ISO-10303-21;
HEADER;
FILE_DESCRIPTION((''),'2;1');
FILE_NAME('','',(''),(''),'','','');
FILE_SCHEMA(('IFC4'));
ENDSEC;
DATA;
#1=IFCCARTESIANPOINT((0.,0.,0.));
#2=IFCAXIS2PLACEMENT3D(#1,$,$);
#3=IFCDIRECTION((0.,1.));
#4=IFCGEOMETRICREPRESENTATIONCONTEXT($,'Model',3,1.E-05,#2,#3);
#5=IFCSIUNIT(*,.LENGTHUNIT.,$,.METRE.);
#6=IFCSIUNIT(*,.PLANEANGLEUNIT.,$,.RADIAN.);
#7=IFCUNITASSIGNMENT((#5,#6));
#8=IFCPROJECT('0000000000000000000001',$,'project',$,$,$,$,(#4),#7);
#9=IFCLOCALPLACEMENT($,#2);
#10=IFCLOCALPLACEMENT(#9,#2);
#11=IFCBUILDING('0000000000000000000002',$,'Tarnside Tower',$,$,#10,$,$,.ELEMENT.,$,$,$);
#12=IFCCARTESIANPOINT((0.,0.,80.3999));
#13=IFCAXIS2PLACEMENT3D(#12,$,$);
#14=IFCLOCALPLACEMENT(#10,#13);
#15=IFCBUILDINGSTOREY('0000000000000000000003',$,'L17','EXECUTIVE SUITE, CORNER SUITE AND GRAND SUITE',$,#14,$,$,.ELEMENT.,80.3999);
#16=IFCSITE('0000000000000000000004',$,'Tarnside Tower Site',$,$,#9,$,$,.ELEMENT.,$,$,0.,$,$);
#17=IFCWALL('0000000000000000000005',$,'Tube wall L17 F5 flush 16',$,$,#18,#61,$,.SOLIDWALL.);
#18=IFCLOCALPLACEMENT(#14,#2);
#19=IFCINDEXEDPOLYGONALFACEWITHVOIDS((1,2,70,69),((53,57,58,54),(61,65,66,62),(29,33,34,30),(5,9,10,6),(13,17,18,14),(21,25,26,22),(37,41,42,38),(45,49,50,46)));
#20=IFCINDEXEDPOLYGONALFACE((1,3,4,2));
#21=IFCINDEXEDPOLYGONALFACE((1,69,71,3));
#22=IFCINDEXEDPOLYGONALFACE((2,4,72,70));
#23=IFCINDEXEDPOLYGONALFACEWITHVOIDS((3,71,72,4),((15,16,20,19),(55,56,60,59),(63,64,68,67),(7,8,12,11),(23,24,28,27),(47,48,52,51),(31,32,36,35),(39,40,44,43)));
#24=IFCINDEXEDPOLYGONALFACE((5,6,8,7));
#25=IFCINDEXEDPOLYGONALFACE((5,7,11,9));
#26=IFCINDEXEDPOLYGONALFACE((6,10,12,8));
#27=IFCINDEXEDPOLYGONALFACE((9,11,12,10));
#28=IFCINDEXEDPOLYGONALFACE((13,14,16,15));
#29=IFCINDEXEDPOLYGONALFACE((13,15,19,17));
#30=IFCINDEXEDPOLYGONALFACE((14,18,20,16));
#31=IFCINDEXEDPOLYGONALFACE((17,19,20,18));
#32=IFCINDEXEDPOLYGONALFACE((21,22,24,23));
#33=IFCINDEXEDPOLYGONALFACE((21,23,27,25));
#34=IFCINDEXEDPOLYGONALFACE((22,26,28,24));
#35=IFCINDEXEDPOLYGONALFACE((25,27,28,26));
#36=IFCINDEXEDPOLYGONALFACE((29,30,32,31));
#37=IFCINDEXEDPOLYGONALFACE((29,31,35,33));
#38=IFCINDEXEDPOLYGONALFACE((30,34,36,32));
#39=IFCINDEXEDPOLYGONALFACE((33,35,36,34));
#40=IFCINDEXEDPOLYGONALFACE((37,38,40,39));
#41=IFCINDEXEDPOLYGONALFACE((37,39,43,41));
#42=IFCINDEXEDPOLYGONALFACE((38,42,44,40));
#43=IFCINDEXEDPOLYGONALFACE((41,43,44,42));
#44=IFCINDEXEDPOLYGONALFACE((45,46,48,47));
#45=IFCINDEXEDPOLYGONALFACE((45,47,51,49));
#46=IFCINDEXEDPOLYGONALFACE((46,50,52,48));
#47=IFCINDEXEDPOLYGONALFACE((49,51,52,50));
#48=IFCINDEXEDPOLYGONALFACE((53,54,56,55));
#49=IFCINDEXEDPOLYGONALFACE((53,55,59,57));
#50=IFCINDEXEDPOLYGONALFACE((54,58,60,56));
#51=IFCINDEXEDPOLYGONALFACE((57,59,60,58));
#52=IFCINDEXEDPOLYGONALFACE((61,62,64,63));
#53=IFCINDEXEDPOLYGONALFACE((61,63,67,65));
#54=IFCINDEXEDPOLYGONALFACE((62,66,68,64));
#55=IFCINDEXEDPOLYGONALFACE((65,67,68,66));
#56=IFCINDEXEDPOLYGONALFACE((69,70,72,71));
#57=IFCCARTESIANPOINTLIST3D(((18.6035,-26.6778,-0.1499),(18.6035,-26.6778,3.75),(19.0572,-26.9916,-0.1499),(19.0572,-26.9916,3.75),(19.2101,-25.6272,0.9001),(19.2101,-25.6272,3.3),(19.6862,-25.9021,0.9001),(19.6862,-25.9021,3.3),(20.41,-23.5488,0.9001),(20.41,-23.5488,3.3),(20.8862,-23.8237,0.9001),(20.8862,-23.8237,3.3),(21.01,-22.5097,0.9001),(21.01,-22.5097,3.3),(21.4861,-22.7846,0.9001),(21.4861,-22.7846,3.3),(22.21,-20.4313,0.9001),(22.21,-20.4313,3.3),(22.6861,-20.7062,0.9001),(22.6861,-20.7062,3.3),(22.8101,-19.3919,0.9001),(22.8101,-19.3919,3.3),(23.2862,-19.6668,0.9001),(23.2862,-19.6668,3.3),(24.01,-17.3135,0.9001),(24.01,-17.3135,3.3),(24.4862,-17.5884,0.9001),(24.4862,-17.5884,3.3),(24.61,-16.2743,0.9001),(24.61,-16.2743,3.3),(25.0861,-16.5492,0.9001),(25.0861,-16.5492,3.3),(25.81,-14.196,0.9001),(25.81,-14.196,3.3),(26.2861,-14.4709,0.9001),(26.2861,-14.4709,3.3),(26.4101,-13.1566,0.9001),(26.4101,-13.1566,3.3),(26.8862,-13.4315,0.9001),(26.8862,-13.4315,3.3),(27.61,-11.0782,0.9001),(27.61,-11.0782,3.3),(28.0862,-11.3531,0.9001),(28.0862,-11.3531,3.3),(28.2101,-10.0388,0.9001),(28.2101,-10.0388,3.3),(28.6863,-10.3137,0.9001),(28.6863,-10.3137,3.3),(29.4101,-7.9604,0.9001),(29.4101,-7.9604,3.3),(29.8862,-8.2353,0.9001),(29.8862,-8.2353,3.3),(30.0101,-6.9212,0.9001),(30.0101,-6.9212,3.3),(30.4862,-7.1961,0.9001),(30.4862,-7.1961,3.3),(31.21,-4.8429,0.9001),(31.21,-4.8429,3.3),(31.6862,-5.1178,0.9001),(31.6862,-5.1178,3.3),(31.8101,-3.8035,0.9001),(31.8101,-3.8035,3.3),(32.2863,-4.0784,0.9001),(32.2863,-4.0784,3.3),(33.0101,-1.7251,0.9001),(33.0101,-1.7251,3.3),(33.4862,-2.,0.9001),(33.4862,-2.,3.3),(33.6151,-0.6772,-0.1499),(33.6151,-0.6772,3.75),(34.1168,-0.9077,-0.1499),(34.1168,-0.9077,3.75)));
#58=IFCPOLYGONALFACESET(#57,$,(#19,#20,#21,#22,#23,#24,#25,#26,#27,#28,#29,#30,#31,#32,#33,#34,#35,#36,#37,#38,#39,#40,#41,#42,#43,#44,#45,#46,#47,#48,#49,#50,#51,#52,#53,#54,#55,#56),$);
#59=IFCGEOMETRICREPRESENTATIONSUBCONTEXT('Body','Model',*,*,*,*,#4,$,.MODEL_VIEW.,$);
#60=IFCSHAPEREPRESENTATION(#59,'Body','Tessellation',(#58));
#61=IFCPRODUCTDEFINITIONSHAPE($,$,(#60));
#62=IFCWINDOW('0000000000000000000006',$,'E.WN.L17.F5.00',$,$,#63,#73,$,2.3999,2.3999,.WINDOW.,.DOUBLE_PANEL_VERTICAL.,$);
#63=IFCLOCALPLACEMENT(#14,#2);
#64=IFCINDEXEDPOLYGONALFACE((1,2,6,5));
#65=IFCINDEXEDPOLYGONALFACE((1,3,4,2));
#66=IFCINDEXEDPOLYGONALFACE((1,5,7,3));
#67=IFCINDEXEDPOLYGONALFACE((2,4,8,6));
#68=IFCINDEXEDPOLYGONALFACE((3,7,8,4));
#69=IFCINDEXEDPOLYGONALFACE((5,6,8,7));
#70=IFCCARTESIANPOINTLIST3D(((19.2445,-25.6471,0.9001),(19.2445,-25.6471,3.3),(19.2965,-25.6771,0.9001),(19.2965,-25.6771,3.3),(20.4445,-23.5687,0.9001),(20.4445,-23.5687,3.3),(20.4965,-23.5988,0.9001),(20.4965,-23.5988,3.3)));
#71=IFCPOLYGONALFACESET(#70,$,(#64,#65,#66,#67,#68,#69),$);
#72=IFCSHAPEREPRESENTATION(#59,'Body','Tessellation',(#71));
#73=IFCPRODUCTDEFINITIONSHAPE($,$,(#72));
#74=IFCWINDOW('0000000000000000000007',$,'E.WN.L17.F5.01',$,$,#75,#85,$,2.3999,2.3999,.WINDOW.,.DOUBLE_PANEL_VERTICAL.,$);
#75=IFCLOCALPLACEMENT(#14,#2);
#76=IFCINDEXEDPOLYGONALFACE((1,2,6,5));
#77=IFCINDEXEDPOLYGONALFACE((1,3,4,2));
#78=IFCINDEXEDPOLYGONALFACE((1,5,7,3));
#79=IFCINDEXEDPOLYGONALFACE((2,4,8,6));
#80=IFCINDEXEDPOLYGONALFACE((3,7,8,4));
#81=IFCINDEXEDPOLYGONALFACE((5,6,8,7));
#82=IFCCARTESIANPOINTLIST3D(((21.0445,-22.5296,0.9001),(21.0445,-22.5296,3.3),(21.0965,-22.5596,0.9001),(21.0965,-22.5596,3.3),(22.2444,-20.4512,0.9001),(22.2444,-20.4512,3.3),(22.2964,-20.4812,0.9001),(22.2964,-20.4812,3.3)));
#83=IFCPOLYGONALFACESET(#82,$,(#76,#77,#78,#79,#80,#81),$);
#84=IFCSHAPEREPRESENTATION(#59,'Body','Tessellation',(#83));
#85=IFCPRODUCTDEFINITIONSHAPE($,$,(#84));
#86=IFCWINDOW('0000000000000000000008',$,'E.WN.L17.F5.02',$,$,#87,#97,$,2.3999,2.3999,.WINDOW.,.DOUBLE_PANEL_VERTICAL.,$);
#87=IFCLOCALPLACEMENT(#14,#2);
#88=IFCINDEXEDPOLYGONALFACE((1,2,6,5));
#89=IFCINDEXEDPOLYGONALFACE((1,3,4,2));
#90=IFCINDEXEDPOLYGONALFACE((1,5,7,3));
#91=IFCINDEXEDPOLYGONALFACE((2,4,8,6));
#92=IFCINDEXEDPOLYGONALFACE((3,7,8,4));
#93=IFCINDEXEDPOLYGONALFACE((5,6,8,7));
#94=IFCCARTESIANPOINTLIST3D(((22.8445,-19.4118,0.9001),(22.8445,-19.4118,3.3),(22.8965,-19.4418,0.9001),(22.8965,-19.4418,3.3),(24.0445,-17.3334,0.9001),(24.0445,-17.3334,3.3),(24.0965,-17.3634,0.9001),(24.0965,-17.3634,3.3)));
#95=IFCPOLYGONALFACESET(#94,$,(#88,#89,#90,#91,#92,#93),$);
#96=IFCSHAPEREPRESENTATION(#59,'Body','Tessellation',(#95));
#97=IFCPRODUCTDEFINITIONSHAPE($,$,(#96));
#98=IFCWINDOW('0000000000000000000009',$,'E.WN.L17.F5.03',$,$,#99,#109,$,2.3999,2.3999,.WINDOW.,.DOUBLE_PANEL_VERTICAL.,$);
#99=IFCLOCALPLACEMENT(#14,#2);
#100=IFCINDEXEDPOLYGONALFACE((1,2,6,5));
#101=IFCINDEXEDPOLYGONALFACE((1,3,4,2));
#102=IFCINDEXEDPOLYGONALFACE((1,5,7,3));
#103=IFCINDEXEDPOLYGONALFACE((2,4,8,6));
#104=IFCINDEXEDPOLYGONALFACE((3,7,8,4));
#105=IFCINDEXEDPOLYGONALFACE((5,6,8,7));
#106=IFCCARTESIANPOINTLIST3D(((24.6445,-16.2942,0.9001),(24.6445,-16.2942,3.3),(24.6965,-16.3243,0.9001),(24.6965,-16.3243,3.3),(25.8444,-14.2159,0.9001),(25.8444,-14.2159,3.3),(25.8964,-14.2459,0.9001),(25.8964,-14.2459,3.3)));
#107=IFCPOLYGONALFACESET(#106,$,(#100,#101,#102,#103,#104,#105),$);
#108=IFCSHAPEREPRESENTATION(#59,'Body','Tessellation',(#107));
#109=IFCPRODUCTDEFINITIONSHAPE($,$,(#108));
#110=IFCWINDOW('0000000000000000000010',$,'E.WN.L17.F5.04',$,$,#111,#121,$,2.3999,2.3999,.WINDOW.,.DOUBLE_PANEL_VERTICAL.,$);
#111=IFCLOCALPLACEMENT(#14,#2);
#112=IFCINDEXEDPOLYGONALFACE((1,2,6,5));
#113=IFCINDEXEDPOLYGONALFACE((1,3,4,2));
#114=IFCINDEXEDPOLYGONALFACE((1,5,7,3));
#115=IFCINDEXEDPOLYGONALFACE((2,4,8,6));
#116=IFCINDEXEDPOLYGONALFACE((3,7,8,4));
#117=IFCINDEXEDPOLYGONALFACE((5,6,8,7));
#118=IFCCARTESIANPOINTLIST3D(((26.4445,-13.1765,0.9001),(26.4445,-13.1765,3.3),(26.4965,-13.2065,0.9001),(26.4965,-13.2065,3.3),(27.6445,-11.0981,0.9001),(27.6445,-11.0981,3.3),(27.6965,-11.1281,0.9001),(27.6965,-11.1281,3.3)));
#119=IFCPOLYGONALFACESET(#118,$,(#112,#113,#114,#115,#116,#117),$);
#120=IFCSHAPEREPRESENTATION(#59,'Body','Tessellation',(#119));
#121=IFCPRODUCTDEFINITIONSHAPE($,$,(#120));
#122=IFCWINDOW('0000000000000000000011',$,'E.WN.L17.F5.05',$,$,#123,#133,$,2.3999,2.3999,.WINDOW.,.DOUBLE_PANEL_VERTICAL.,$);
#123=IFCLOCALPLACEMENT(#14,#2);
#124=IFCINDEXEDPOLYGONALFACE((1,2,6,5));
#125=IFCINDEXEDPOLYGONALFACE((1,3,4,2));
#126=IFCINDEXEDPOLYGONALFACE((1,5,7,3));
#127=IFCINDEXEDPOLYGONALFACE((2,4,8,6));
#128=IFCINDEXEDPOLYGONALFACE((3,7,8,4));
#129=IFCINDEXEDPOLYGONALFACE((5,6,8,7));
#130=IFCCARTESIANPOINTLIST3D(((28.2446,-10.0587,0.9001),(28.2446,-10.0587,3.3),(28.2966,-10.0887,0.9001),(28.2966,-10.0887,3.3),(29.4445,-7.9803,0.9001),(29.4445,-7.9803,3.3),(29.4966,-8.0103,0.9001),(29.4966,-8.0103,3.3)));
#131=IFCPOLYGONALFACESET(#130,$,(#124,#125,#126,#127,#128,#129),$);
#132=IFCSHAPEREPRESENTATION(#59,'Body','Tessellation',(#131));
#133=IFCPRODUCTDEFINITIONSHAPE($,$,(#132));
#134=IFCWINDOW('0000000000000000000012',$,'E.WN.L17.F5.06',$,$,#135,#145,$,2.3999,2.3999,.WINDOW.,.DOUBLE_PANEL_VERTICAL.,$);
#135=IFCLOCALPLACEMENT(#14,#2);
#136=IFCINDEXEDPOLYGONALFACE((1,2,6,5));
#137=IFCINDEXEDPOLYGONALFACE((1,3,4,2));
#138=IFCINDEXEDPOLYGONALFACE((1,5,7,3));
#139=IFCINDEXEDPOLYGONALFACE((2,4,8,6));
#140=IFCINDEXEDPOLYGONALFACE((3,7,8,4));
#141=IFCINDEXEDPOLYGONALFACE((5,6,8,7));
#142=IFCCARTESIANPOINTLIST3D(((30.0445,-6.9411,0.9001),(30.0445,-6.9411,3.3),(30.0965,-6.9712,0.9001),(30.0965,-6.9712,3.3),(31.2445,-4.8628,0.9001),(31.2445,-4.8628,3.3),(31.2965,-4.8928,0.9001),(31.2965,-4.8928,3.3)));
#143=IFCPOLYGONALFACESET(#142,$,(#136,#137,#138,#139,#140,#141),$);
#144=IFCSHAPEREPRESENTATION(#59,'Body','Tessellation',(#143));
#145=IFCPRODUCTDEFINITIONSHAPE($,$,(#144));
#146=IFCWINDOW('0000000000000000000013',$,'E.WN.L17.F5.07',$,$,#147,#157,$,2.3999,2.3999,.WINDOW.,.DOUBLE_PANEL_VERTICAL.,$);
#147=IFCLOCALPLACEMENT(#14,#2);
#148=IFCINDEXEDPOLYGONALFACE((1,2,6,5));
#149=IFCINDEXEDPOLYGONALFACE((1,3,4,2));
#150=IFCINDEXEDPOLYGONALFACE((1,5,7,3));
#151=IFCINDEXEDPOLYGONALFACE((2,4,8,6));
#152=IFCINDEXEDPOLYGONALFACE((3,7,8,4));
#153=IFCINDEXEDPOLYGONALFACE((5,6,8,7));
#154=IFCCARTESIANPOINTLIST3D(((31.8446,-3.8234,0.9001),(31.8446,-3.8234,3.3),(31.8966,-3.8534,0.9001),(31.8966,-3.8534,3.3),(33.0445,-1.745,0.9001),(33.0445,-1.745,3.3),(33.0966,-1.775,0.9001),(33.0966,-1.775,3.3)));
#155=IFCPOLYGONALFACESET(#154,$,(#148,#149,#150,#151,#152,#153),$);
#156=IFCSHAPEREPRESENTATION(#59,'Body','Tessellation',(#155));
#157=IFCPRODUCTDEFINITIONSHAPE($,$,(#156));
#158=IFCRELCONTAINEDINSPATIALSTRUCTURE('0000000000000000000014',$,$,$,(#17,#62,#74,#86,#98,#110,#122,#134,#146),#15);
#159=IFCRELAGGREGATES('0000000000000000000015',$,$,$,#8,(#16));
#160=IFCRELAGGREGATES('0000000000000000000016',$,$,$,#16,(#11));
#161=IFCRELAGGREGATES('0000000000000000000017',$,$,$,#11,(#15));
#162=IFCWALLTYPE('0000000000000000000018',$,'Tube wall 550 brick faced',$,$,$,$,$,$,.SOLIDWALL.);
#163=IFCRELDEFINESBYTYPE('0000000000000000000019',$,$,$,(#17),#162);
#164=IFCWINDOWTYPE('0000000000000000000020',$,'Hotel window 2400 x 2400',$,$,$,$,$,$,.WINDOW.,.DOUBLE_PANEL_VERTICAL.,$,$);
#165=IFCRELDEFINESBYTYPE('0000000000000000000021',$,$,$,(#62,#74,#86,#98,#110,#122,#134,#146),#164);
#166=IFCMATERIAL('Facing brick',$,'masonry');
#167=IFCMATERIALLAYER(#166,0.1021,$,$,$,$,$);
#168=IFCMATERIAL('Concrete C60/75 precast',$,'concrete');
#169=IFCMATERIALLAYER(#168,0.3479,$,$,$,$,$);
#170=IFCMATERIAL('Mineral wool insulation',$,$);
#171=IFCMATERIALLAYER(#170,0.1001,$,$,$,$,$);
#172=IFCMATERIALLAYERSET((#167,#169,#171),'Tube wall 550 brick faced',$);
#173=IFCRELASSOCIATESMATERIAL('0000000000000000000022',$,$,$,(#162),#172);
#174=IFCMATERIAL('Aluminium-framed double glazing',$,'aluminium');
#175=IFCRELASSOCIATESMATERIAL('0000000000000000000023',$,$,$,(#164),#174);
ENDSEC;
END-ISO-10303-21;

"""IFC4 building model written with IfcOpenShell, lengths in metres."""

from ifc_helpers import new_model, si_unit, direction, frame, frame_2d, origin, place, context, subcontext, project, spatial, polyline, rectangle, outline, extrude, material, layer, layer_set, type_object, element, fill, save


model = new_model("IFC4")

# Units and contexts
model_context = context("Model", 3, precision=1e-05, world=origin(), true_north=direction((0.0, 1.0)))
body_context = subcontext(model_context, "Body", "Model", "MODEL_VIEW")
ifc_project = project(units=[si_unit("LENGTHUNIT", "METRE"), si_unit("PLANEANGLEUNIT", "RADIAN")], contexts=[model_context])

# Site, building, storey
site_placement = place(None, origin())
site = spatial("IfcSite", under=ifc_project, at=site_placement, Name="Tarnside Tower Site", CompositionType="ELEMENT", RefElevation=0.0)
building_placement = place(site_placement, origin())
building = spatial("IfcBuilding", under=site, at=building_placement, Name="Tarnside Tower", CompositionType="ELEMENT")
storey_placement = place(building_placement, frame((0.0, 0.0, 80.3999)))
storey = spatial("IfcBuildingStorey", under=building, at=storey_placement, Name="L17", Description="EXECUTIVE SUITE, CORNER SUITE AND GRAND SUITE", CompositionType="ELEMENT", Elevation=80.3999)

# Shared definitions
ifc_material_1 = material(Name="Facing brick", Category="masonry")
ifc_layer_1 = layer(ifc_material_1, 0.1021)
ifc_material_2 = material(Name="Concrete C60/75 precast", Category="concrete")
ifc_layer_2 = layer(ifc_material_2, 0.3479)
ifc_material_3 = material(Name="Mineral wool insulation")
ifc_layer_3 = layer(ifc_material_3, 0.1001)
ifc_layer_set_1 = layer_set([ifc_layer_1, ifc_layer_2, ifc_layer_3], Name="Tube wall 550 brick faced")
wall_type = type_object("IfcWallType", Name="Tube wall 550 brick faced", PredefinedType="SOLIDWALL", material=ifc_layer_set_1)

# Wall, openings, windows
wall_1_placement = place(storey_placement, frame((18.8303, -26.8347, -0.1499), z_axis=(0.0, 0.0, 1.0), x_axis=(0.500004, 0.866023, 0.0)))
wall_1 = element("IfcWall", 1, at=wall_1_placement, inside=storey, type_object=wall_type, Name="Tube wall L17 F5 flush 16", PredefinedType="SOLIDWALL", context=body_context, shape_type="SweptSolid", body=[
    extrude(outline(polyline([(-0.0225, -0.2749), (30.0967, -0.2749), (30.0454, 0.2749), (0.0225, 0.2749), (-0.0225, -0.2749)])), origin(), (0.0, 0.0, 1.0), 3.8999),
])
opening_1_placement = place(wall_1_placement, frame((1.2356, 0.0, 1.05)))
opening_1 = element("IfcOpeningElement", 2, at=opening_1_placement, cuts=wall_1, PredefinedType="OPENING", context=body_context, shape_type="SweptSolid", body=[
    extrude(rectangle(XDim=2.3999, YDim=2.3999, at=frame_2d((1.2, 1.2))), frame((0.0, 0.2852, 0.0), z_axis=(0.0, -1.0, 0.0), x_axis=(1.0, 0.0, 0.0)), (0.0, 0.0, 1.0), 0.5701),
])
opening_2_placement = place(wall_1_placement, frame((4.8354, 0.0, 1.05)))
opening_2 = element("IfcOpeningElement", 3, at=opening_2_placement, cuts=wall_1, PredefinedType="OPENING", context=body_context, shape_type="SweptSolid", body=[
    extrude(rectangle(XDim=2.3999, YDim=2.3999, at=frame_2d((1.2, 1.2))), frame((0.0, 0.2852, 0.0), z_axis=(0.0, -1.0, 0.0), x_axis=(1.0, 0.0, 0.0)), (0.0, 0.0, 1.0), 0.5701),
])
opening_3_placement = place(wall_1_placement, frame((8.4355, 0.0, 1.05)))
opening_3 = element("IfcOpeningElement", 4, at=opening_3_placement, cuts=wall_1, PredefinedType="OPENING", context=body_context, shape_type="SweptSolid", body=[
    extrude(rectangle(XDim=2.3999, YDim=2.3999, at=frame_2d((1.2, 1.2))), frame((0.0, 0.2852, 0.0), z_axis=(0.0, -1.0, 0.0), x_axis=(1.0, 0.0, 0.0)), (0.0, 0.0, 1.0), 0.5701),
])
opening_4_placement = place(wall_1_placement, frame((12.0354, 0.0, 1.05)))
opening_4 = element("IfcOpeningElement", 5, at=opening_4_placement, cuts=wall_1, PredefinedType="OPENING", context=body_context, shape_type="SweptSolid", body=[
    extrude(rectangle(XDim=2.3999, YDim=2.3999, at=frame_2d((1.2, 1.2))), frame((0.0, 0.2852, 0.0), z_axis=(0.0, -1.0, 0.0), x_axis=(1.0, 0.0, 0.0)), (0.0, 0.0, 1.0), 0.5701),
])
opening_5_placement = place(wall_1_placement, frame((15.6355, 0.0, 1.05)))
opening_5 = element("IfcOpeningElement", 6, at=opening_5_placement, cuts=wall_1, PredefinedType="OPENING", context=body_context, shape_type="SweptSolid", body=[
    extrude(rectangle(XDim=2.3999, YDim=2.3999, at=frame_2d((1.2, 1.2))), frame((0.0, 0.2852, 0.0), z_axis=(0.0, -1.0, 0.0), x_axis=(1.0, 0.0, 0.0)), (0.0, 0.0, 1.0), 0.5701),
])
opening_6_placement = place(wall_1_placement, frame((19.2356, 0.0, 1.05)))
opening_6 = element("IfcOpeningElement", 7, at=opening_6_placement, cuts=wall_1, PredefinedType="OPENING", context=body_context, shape_type="SweptSolid", body=[
    extrude(rectangle(XDim=2.3999, YDim=2.3999, at=frame_2d((1.2, 1.2))), frame((0.0, 0.2852, 0.0), z_axis=(0.0, -1.0, 0.0), x_axis=(1.0, 0.0, 0.0)), (0.0, 0.0, 1.0), 0.5701),
])
opening_7_placement = place(wall_1_placement, frame((22.8354, 0.0, 1.05)))
opening_7 = element("IfcOpeningElement", 8, at=opening_7_placement, cuts=wall_1, PredefinedType="OPENING", context=body_context, shape_type="SweptSolid", body=[
    extrude(rectangle(XDim=2.3999, YDim=2.3999, at=frame_2d((1.2, 1.2))), frame((0.0, 0.2852, 0.0), z_axis=(0.0, -1.0, 0.0), x_axis=(1.0, 0.0, 0.0)), (0.0, 0.0, 1.0), 0.5701),
])
opening_8_placement = place(wall_1_placement, frame((26.4355, 0.0, 1.05)))
opening_8 = element("IfcOpeningElement", 9, at=opening_8_placement, cuts=wall_1, PredefinedType="OPENING", context=body_context, shape_type="SweptSolid", body=[
    extrude(rectangle(XDim=2.3999, YDim=2.3999, at=frame_2d((1.2, 1.2))), frame((0.0, 0.2852, 0.0), z_axis=(0.0, -1.0, 0.0), x_axis=(1.0, 0.0, 0.0)), (0.0, 0.0, 1.0), 0.5701),
])
ifc_material_4 = material(Name="Aluminium-framed double glazing", Category="aluminium")
window_type = type_object("IfcWindowType", Name="Hotel window 2400 x 2400", PartitioningType="DOUBLE_PANEL_VERTICAL", PredefinedType="WINDOW", material=ifc_material_4)
window_1_placement = place(opening_1_placement, frame((0.0, 0.2051, 0.0)))
window_1 = element("IfcWindow", 10, at=window_1_placement, inside=storey, type_object=window_type, Name="E.WN.L17.F5.00", OverallHeight=2.3999, OverallWidth=2.3999, PartitioningType="DOUBLE_PANEL_VERTICAL", PredefinedType="WINDOW", context=body_context, shape_type="SweptSolid", body=[
    extrude(rectangle(XDim=2.3999, YDim=2.3999, at=frame_2d((1.2, 1.2))), frame((0.0, 0.03, 0.0), z_axis=(0.0, -1.0, 0.0), x_axis=(1.0, 0.0, 0.0)), (0.0, 0.0, 1.0), 0.0601),
])
fill(opening_1, window_1)
window_2_placement = place(opening_2_placement, frame((0.0, 0.2051, 0.0)))
window_2 = element("IfcWindow", 11, at=window_2_placement, inside=storey, type_object=window_type, Name="E.WN.L17.F5.01", OverallHeight=2.3999, OverallWidth=2.3999, PartitioningType="DOUBLE_PANEL_VERTICAL", PredefinedType="WINDOW", context=body_context, shape_type="SweptSolid", body=[
    extrude(rectangle(XDim=2.3999, YDim=2.3999, at=frame_2d((1.2, 1.2))), frame((0.0, 0.03, 0.0), z_axis=(0.0, -1.0, 0.0), x_axis=(1.0, 0.0, 0.0)), (0.0, 0.0, 1.0), 0.0601),
])
fill(opening_2, window_2)
window_3_placement = place(opening_3_placement, frame((0.0, 0.2051, 0.0)))
window_3 = element("IfcWindow", 12, at=window_3_placement, inside=storey, type_object=window_type, Name="E.WN.L17.F5.02", OverallHeight=2.3999, OverallWidth=2.3999, PartitioningType="DOUBLE_PANEL_VERTICAL", PredefinedType="WINDOW", context=body_context, shape_type="SweptSolid", body=[
    extrude(rectangle(XDim=2.3999, YDim=2.3999, at=frame_2d((1.2, 1.2))), frame((0.0, 0.03, 0.0), z_axis=(0.0, -1.0, 0.0), x_axis=(1.0, 0.0, 0.0)), (0.0, 0.0, 1.0), 0.0601),
])
fill(opening_3, window_3)
window_4_placement = place(opening_4_placement, frame((0.0, 0.2051, 0.0)))
window_4 = element("IfcWindow", 13, at=window_4_placement, inside=storey, type_object=window_type, Name="E.WN.L17.F5.03", OverallHeight=2.3999, OverallWidth=2.3999, PartitioningType="DOUBLE_PANEL_VERTICAL", PredefinedType="WINDOW", context=body_context, shape_type="SweptSolid", body=[
    extrude(rectangle(XDim=2.3999, YDim=2.3999, at=frame_2d((1.2, 1.2))), frame((0.0, 0.03, 0.0), z_axis=(0.0, -1.0, 0.0), x_axis=(1.0, 0.0, 0.0)), (0.0, 0.0, 1.0), 0.0601),
])
fill(opening_4, window_4)
window_5_placement = place(opening_5_placement, frame((0.0, 0.2051, 0.0)))
window_5 = element("IfcWindow", 14, at=window_5_placement, inside=storey, type_object=window_type, Name="E.WN.L17.F5.04", OverallHeight=2.3999, OverallWidth=2.3999, PartitioningType="DOUBLE_PANEL_VERTICAL", PredefinedType="WINDOW", context=body_context, shape_type="SweptSolid", body=[
    extrude(rectangle(XDim=2.3999, YDim=2.3999, at=frame_2d((1.2, 1.2))), frame((0.0, 0.03, 0.0), z_axis=(0.0, -1.0, 0.0), x_axis=(1.0, 0.0, 0.0)), (0.0, 0.0, 1.0), 0.0601),
])
fill(opening_5, window_5)
window_6_placement = place(opening_6_placement, frame((0.0, 0.2051, 0.0)))
window_6 = element("IfcWindow", 15, at=window_6_placement, inside=storey, type_object=window_type, Name="E.WN.L17.F5.05", OverallHeight=2.3999, OverallWidth=2.3999, PartitioningType="DOUBLE_PANEL_VERTICAL", PredefinedType="WINDOW", context=body_context, shape_type="SweptSolid", body=[
    extrude(rectangle(XDim=2.3999, YDim=2.3999, at=frame_2d((1.2, 1.2))), frame((0.0, 0.03, 0.0), z_axis=(0.0, -1.0, 0.0), x_axis=(1.0, 0.0, 0.0)), (0.0, 0.0, 1.0), 0.0601),
])
fill(opening_6, window_6)
window_7_placement = place(opening_7_placement, frame((0.0, 0.2051, 0.0)))
window_7 = element("IfcWindow", 16, at=window_7_placement, inside=storey, type_object=window_type, Name="E.WN.L17.F5.06", OverallHeight=2.3999, OverallWidth=2.3999, PartitioningType="DOUBLE_PANEL_VERTICAL", PredefinedType="WINDOW", context=body_context, shape_type="SweptSolid", body=[
    extrude(rectangle(XDim=2.3999, YDim=2.3999, at=frame_2d((1.2, 1.2))), frame((0.0, 0.03, 0.0), z_axis=(0.0, -1.0, 0.0), x_axis=(1.0, 0.0, 0.0)), (0.0, 0.0, 1.0), 0.0601),
])
fill(opening_7, window_7)
window_8_placement = place(opening_8_placement, frame((0.0, 0.2051, 0.0)))
window_8 = element("IfcWindow", 17, at=window_8_placement, inside=storey, type_object=window_type, Name="E.WN.L17.F5.07", OverallHeight=2.3999, OverallWidth=2.3999, PartitioningType="DOUBLE_PANEL_VERTICAL", PredefinedType="WINDOW", context=body_context, shape_type="SweptSolid", body=[
    extrude(rectangle(XDim=2.3999, YDim=2.3999, at=frame_2d((1.2, 1.2))), frame((0.0, 0.03, 0.0), z_axis=(0.0, -1.0, 0.0), x_axis=(1.0, 0.0, 0.0)), (0.0, 0.0, 1.0), 0.0601),
])
fill(opening_8, window_8)

save(model, "model.ifc")
